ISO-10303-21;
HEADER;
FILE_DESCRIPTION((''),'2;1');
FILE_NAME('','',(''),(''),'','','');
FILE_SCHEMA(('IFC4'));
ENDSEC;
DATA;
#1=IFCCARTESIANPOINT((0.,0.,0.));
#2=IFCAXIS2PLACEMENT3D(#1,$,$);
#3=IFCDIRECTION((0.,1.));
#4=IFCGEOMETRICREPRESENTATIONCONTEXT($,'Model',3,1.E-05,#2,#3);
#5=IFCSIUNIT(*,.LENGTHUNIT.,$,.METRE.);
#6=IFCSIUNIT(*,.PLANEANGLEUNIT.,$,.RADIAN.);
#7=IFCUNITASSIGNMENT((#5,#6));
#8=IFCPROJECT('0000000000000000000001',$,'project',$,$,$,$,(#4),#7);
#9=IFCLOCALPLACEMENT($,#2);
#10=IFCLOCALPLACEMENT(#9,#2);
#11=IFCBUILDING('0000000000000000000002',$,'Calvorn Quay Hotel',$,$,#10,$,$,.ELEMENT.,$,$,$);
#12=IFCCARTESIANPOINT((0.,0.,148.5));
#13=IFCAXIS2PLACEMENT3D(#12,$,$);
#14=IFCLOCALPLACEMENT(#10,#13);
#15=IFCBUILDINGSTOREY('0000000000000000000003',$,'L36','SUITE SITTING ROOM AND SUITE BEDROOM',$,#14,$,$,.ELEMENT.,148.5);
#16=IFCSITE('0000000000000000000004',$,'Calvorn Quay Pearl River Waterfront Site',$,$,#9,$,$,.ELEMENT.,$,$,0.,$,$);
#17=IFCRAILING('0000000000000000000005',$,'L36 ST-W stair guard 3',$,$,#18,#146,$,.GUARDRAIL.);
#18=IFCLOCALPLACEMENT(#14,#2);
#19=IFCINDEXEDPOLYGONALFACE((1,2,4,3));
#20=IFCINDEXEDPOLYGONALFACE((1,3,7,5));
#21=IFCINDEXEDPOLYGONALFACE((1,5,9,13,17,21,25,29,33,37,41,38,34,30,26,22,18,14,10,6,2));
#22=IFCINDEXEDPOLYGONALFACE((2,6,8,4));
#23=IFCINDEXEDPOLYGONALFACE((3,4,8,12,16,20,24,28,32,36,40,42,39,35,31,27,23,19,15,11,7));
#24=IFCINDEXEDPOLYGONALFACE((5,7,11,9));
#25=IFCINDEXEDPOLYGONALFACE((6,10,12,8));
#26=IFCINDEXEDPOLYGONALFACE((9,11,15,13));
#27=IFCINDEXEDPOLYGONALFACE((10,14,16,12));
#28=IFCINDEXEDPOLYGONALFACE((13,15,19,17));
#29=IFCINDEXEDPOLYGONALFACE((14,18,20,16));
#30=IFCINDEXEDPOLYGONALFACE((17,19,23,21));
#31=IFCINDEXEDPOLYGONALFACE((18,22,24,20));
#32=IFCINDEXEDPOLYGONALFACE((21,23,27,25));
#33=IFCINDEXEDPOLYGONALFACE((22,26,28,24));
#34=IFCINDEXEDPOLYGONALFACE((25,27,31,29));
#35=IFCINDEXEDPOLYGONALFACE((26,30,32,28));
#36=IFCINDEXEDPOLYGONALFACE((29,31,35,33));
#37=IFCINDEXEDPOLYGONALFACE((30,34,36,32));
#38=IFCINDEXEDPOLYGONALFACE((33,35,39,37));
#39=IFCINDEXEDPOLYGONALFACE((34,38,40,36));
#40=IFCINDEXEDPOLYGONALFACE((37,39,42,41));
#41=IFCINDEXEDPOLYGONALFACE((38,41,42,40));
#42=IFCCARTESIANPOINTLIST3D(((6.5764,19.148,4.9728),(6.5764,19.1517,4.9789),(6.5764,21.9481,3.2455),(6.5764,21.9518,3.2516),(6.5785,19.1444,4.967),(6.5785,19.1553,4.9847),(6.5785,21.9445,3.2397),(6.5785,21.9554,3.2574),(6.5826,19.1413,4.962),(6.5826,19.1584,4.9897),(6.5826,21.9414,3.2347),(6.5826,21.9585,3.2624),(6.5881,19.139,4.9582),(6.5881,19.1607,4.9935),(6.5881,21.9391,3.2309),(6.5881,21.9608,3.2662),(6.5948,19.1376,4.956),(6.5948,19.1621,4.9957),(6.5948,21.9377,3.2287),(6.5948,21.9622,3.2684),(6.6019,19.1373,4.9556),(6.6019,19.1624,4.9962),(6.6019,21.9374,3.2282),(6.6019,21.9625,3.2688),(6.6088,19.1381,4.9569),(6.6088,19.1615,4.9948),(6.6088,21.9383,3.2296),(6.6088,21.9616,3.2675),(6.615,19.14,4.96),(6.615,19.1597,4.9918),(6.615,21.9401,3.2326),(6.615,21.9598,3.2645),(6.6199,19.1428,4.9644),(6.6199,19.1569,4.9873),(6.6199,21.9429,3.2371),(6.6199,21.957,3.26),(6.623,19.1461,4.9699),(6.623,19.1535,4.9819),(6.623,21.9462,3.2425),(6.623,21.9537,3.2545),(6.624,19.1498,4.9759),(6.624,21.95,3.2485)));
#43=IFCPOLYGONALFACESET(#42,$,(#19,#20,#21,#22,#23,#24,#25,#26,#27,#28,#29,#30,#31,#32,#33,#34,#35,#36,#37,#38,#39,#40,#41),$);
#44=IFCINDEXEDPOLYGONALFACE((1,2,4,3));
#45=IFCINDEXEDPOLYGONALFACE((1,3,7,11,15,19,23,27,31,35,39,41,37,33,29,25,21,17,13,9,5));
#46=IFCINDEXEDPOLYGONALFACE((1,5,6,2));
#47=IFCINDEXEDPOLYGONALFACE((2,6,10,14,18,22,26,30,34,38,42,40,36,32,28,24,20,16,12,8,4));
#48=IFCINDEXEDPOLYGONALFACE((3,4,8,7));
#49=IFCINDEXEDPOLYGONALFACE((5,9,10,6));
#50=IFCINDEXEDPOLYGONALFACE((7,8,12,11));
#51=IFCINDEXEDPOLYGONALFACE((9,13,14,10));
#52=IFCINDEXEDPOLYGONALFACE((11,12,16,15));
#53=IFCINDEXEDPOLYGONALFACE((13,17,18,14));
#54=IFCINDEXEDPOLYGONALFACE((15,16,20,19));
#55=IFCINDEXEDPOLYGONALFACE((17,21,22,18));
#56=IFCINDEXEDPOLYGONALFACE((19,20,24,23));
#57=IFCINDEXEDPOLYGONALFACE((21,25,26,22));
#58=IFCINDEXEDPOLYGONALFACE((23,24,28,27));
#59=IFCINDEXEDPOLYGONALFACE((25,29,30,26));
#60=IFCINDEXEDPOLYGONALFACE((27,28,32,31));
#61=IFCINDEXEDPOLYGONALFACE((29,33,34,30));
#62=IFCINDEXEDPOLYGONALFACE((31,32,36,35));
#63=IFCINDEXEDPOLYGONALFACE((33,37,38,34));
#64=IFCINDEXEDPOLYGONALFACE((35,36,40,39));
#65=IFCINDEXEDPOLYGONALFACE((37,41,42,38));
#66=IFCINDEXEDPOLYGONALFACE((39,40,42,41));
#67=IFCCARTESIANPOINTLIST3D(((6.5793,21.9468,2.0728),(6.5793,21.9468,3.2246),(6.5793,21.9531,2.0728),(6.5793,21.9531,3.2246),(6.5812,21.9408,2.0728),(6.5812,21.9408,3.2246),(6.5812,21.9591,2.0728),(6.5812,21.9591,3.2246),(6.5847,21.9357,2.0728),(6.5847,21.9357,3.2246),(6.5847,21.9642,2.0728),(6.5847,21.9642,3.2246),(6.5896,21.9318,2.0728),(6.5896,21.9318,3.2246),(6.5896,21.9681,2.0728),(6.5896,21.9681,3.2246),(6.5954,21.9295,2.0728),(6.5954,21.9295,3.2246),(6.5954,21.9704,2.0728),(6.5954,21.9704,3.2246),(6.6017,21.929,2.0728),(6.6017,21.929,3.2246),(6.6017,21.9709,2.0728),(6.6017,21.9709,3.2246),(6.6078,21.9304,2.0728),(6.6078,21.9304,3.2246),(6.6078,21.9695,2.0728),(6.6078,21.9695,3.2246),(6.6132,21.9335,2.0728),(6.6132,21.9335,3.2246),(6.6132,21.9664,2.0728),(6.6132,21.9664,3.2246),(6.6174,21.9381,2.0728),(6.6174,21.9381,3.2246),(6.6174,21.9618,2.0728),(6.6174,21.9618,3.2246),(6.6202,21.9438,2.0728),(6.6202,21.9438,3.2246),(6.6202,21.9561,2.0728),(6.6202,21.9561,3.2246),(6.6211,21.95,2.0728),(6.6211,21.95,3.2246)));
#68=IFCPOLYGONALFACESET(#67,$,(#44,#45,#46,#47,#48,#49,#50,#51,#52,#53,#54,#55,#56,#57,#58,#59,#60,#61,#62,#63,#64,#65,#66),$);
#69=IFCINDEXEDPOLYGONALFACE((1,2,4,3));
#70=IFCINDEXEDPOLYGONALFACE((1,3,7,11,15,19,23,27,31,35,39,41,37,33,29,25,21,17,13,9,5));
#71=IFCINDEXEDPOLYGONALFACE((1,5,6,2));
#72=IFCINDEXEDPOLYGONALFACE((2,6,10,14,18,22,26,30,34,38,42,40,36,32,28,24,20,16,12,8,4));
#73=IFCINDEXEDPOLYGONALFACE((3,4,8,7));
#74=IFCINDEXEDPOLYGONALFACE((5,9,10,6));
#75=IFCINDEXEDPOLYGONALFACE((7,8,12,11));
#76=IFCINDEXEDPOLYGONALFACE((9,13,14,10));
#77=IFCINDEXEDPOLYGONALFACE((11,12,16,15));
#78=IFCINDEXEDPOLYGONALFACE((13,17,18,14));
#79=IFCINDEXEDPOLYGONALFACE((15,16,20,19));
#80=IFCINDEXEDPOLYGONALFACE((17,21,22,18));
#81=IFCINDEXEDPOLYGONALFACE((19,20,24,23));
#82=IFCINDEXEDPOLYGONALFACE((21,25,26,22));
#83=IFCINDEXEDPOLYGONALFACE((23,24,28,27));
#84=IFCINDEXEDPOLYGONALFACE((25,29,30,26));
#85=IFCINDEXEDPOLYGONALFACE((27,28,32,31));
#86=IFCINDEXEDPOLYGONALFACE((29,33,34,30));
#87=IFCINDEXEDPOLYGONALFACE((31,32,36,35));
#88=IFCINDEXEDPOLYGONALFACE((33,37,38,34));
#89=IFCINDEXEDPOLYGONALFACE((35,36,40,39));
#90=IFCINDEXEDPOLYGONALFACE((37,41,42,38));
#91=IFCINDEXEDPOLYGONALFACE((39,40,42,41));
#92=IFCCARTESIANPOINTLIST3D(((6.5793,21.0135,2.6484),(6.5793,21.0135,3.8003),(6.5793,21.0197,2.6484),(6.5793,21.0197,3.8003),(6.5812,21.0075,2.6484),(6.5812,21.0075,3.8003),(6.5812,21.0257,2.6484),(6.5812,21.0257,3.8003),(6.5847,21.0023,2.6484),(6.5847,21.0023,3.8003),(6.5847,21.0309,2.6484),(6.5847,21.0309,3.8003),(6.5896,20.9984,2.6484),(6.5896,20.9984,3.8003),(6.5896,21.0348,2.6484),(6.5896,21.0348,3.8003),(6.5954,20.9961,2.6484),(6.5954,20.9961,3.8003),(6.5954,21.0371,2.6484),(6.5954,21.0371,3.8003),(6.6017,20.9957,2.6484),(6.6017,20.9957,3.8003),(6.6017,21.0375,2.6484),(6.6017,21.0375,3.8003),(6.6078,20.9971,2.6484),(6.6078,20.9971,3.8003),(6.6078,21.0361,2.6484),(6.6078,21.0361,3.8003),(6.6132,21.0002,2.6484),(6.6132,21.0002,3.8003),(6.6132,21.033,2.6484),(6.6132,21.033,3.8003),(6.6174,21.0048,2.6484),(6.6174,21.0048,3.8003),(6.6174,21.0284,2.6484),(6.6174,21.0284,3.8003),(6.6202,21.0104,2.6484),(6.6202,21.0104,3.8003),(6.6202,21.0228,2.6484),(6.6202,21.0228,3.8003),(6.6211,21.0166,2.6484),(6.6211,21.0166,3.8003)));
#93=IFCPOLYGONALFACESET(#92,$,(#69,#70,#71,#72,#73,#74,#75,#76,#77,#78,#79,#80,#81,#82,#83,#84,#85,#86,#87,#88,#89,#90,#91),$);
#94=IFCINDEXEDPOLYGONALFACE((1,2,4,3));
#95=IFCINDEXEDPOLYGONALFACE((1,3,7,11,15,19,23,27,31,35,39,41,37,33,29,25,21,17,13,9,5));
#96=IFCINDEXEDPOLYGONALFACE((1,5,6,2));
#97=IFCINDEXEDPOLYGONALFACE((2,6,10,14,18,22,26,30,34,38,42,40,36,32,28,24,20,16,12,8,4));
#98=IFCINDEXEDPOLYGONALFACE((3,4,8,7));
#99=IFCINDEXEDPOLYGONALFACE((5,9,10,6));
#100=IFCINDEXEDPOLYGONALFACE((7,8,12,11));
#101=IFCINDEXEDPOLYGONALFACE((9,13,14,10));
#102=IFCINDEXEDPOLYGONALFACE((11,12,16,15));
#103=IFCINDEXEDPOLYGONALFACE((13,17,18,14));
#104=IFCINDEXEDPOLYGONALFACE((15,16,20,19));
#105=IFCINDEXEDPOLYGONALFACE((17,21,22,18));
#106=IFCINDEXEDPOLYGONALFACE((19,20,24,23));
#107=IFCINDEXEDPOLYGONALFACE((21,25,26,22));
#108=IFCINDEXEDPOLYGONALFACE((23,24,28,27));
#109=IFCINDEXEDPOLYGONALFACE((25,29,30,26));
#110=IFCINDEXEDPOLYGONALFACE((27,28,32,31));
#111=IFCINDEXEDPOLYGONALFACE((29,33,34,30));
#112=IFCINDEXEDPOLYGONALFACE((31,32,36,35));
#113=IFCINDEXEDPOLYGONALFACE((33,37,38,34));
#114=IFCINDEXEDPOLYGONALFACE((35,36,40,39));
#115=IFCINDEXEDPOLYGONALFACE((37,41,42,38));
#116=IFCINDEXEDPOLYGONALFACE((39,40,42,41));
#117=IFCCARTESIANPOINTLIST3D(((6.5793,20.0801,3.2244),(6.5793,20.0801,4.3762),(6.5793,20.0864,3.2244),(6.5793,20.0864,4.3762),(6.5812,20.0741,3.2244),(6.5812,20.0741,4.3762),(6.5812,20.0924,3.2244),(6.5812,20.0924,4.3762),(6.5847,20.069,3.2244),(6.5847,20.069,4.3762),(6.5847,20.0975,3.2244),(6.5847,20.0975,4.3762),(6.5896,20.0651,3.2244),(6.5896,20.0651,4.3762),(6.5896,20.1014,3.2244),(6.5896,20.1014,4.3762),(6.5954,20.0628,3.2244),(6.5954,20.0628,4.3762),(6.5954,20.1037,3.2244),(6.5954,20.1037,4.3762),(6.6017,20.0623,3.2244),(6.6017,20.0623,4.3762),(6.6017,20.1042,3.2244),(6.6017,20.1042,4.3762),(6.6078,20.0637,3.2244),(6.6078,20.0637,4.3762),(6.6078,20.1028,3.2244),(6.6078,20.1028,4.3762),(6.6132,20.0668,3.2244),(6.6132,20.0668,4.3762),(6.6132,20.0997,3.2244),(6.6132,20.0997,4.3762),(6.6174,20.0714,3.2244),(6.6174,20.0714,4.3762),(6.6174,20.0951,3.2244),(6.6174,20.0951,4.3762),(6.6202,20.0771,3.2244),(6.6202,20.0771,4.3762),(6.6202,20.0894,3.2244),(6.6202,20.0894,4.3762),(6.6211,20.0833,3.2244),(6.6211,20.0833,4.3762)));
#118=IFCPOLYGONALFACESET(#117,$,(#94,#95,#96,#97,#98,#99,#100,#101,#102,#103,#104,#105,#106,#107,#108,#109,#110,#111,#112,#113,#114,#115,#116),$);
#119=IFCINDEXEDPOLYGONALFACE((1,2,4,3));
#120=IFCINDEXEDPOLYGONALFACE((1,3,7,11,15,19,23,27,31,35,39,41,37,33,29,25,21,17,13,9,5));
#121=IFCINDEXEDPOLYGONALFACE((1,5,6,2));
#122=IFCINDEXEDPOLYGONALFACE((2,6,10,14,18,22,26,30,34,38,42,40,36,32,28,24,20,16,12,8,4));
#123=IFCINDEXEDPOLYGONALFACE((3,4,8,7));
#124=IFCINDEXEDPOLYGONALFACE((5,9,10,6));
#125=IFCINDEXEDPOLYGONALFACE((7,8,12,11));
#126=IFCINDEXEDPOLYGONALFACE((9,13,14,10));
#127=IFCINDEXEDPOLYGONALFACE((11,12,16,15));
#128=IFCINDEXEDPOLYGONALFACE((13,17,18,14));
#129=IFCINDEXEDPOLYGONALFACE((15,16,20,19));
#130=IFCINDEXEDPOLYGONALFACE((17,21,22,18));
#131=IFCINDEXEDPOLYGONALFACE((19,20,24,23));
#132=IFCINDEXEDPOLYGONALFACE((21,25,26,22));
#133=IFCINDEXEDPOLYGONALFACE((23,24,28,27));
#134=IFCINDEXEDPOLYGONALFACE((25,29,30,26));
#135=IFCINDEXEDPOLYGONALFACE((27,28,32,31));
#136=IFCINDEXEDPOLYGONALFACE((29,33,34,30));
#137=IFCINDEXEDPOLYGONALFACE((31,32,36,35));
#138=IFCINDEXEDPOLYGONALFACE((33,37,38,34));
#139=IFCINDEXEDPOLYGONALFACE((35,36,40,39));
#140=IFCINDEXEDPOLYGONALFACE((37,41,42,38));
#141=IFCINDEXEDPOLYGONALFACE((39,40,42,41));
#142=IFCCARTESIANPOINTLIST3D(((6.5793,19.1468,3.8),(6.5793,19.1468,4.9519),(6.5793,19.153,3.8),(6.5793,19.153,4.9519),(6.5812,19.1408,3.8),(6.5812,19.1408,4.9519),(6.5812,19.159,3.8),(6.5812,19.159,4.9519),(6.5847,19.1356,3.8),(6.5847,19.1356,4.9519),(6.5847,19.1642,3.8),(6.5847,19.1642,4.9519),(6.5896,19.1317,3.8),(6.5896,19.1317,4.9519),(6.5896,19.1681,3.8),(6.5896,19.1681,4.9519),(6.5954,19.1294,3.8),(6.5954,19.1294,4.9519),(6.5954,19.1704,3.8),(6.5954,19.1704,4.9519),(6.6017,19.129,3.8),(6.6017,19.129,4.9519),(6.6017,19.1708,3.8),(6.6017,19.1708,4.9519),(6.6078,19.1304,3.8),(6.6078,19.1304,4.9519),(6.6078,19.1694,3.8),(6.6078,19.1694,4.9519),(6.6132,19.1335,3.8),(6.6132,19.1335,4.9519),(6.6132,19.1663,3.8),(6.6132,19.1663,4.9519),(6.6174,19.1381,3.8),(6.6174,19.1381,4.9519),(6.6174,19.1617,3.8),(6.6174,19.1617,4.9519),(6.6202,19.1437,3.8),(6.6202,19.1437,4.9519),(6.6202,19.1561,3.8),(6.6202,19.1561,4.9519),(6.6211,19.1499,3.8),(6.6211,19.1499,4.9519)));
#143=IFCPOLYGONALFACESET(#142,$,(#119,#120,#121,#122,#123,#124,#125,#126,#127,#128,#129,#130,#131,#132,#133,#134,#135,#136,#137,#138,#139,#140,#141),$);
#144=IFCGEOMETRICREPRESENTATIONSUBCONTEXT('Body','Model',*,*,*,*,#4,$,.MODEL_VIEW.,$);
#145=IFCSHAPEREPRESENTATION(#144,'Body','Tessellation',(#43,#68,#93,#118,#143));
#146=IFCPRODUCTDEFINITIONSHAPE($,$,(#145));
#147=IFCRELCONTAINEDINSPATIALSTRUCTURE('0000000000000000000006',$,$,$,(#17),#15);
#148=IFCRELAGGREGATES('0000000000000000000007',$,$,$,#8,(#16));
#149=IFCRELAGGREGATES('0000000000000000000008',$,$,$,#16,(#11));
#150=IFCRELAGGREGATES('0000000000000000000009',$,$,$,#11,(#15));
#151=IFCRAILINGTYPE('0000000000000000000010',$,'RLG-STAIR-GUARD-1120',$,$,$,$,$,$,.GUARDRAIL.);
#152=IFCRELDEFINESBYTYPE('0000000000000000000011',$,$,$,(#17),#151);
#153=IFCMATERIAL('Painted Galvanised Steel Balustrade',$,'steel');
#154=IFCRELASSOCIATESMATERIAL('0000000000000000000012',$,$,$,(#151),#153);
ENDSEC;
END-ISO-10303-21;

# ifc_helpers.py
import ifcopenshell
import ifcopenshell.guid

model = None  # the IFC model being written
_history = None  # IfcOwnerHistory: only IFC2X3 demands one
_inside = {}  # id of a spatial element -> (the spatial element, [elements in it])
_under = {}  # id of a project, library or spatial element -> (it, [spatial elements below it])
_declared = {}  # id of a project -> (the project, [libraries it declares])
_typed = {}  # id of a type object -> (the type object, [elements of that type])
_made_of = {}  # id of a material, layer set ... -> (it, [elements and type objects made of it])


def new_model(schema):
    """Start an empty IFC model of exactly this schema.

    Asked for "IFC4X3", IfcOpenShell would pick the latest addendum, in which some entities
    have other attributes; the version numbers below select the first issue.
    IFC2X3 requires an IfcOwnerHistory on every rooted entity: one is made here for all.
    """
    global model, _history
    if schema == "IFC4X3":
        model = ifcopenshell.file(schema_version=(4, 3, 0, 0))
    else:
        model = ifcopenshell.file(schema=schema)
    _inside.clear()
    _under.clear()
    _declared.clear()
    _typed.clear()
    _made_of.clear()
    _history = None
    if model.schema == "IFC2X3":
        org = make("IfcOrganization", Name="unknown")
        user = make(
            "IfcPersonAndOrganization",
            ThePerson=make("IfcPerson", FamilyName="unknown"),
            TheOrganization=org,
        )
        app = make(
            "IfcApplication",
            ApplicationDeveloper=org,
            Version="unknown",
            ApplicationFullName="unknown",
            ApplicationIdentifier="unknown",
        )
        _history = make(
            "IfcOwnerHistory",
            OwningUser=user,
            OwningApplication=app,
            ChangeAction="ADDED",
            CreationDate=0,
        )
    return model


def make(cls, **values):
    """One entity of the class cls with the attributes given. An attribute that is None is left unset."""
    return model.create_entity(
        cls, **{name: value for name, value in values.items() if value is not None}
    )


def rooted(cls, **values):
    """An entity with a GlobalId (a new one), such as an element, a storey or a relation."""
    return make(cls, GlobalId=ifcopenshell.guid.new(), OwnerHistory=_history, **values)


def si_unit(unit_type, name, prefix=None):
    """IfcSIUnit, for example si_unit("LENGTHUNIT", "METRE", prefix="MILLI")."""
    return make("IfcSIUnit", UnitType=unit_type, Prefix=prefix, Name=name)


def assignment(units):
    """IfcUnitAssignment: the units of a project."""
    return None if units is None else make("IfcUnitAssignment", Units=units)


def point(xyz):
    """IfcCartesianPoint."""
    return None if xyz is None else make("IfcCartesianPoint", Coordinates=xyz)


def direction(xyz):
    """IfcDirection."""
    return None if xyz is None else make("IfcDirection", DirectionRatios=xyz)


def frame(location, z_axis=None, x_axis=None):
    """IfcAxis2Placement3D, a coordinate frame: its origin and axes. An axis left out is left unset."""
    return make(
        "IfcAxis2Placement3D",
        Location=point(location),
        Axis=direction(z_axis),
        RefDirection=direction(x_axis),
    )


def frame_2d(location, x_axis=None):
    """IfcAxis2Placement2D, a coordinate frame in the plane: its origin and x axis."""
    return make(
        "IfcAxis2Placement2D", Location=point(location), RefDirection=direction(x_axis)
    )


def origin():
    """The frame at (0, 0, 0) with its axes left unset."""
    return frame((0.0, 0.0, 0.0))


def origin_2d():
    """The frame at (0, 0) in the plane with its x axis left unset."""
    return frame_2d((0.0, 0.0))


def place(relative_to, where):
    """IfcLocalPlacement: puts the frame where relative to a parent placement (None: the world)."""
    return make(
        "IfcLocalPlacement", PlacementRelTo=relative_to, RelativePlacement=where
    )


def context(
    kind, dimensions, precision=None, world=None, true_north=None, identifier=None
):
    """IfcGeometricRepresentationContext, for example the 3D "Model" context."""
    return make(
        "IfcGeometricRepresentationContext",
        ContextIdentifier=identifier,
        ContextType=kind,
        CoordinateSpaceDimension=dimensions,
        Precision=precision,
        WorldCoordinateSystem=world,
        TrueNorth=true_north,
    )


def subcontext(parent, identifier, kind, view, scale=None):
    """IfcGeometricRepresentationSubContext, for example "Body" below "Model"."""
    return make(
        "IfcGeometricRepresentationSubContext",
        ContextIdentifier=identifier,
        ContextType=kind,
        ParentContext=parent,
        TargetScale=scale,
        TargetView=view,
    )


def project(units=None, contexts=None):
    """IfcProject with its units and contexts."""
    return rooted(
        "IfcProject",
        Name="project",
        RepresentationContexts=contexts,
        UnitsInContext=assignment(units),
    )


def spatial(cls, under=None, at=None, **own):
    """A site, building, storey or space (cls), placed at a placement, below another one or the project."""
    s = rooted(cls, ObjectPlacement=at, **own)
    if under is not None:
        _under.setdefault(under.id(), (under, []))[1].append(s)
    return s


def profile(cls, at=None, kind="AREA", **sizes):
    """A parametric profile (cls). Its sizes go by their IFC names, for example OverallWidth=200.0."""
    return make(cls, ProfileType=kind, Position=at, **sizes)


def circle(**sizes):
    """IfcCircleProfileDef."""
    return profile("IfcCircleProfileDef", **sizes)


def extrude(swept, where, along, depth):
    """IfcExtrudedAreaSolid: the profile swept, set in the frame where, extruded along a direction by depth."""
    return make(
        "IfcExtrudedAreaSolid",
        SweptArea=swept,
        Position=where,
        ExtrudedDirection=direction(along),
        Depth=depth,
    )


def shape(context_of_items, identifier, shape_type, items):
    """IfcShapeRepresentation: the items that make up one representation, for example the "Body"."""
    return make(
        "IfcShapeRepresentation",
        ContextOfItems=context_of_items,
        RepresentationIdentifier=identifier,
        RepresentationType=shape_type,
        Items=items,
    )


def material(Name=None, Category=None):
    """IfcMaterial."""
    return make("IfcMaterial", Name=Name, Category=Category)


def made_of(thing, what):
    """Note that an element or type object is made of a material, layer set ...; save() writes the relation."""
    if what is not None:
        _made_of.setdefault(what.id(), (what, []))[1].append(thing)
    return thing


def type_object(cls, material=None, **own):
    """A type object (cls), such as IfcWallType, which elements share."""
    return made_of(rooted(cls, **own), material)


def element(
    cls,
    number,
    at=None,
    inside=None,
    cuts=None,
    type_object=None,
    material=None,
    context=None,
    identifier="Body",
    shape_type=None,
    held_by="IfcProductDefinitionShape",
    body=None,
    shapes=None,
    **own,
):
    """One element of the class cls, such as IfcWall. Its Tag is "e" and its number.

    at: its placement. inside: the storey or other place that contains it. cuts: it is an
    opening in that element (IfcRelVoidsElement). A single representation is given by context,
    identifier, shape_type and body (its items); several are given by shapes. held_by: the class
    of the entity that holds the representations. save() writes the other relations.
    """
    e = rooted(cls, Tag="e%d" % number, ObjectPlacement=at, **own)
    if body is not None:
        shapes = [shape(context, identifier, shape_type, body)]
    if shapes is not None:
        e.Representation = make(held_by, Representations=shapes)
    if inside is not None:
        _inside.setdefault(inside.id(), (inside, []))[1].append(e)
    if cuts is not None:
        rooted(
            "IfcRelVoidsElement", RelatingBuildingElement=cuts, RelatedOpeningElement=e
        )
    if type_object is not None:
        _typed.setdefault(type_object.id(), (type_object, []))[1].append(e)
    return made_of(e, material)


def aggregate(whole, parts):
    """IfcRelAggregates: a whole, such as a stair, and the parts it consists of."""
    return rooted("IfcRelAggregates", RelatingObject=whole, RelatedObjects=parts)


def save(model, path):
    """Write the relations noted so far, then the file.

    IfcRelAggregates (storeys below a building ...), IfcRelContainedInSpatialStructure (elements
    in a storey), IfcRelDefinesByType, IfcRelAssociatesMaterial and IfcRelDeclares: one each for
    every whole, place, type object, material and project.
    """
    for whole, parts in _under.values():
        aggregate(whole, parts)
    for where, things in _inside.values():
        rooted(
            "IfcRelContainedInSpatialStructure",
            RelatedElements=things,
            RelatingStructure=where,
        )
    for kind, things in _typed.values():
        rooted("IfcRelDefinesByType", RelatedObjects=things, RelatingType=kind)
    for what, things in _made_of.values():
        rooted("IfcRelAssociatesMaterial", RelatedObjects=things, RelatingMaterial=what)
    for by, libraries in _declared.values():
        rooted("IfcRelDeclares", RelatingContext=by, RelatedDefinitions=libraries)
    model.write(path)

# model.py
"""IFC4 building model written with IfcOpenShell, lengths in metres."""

from ifc_helpers import new_model, si_unit, direction, frame, origin, origin_2d, place, context, subcontext, project, spatial, circle, extrude, material, type_object, element, save


model = new_model("IFC4")

# Units and contexts
model_context = context("Model", 3, precision=1e-05, world=origin(), true_north=direction((0.0, 1.0)))
body_context = subcontext(model_context, "Body", "Model", "MODEL_VIEW")
ifc_project = project(units=[si_unit("LENGTHUNIT", "METRE"), si_unit("PLANEANGLEUNIT", "RADIAN")], contexts=[model_context])

# Site, building, storey
site_placement = place(None, origin())
site = spatial("IfcSite", under=ifc_project, at=site_placement, Name="Calvorn Quay Pearl River Waterfront Site", CompositionType="ELEMENT", RefElevation=0.0)
building_placement = place(site_placement, origin())
building = spatial("IfcBuilding", under=site, at=building_placement, Name="Calvorn Quay Hotel", CompositionType="ELEMENT")
storey_placement = place(building_placement, frame((0.0, 0.0, 148.5)))
storey = spatial("IfcBuildingStorey", under=building, at=storey_placement, Name="L36", Description="SUITE SITTING ROOM AND SUITE BEDROOM", CompositionType="ELEMENT", Elevation=148.5)

# Railing
ifc_material_1 = material(Name="Painted Galvanised Steel Balustrade", Category="steel")
railing_type_1 = type_object("IfcRailingType", Name="RLG-STAIR-GUARD-1120", PredefinedType="GUARDRAIL", material=ifc_material_1)
railing_1_placement = place(storey_placement, frame((6.6001, 21.95, 2.0728)))
element("IfcRailing", 1, at=railing_1_placement, inside=storey, type_object=railing_type_1, Name="L36 ST-W stair guard 3", PredefinedType="GUARDRAIL", context=body_context, shape_type="SweptSolid", body=[
    extrude(circle(Radius=0.0239, at=origin_2d()), frame((0.0, 0.0, 1.1758), z_axis=(0.0, -0.85109, 0.52502), x_axis=(1.0, 0.0, 0.0)), (0.0, 0.0, 1.0), 3.29),
    extrude(circle(Radius=0.021, at=origin_2d()), origin(), (0.0, 0.0, 1.0), 1.1519),
    extrude(circle(Radius=0.021, at=origin_2d()), frame((0.0, -0.9333, 0.5757)), (0.0, 0.0, 1.0), 1.1519),
    extrude(circle(Radius=0.021, at=origin_2d()), frame((0.0, -1.8667, 1.1516)), (0.0, 0.0, 1.0), 1.1519),
    extrude(circle(Radius=0.021, at=origin_2d()), frame((0.0, -2.8, 1.7273)), (0.0, 0.0, 1.0), 1.1519),
])

save(model, "model.ifc")
